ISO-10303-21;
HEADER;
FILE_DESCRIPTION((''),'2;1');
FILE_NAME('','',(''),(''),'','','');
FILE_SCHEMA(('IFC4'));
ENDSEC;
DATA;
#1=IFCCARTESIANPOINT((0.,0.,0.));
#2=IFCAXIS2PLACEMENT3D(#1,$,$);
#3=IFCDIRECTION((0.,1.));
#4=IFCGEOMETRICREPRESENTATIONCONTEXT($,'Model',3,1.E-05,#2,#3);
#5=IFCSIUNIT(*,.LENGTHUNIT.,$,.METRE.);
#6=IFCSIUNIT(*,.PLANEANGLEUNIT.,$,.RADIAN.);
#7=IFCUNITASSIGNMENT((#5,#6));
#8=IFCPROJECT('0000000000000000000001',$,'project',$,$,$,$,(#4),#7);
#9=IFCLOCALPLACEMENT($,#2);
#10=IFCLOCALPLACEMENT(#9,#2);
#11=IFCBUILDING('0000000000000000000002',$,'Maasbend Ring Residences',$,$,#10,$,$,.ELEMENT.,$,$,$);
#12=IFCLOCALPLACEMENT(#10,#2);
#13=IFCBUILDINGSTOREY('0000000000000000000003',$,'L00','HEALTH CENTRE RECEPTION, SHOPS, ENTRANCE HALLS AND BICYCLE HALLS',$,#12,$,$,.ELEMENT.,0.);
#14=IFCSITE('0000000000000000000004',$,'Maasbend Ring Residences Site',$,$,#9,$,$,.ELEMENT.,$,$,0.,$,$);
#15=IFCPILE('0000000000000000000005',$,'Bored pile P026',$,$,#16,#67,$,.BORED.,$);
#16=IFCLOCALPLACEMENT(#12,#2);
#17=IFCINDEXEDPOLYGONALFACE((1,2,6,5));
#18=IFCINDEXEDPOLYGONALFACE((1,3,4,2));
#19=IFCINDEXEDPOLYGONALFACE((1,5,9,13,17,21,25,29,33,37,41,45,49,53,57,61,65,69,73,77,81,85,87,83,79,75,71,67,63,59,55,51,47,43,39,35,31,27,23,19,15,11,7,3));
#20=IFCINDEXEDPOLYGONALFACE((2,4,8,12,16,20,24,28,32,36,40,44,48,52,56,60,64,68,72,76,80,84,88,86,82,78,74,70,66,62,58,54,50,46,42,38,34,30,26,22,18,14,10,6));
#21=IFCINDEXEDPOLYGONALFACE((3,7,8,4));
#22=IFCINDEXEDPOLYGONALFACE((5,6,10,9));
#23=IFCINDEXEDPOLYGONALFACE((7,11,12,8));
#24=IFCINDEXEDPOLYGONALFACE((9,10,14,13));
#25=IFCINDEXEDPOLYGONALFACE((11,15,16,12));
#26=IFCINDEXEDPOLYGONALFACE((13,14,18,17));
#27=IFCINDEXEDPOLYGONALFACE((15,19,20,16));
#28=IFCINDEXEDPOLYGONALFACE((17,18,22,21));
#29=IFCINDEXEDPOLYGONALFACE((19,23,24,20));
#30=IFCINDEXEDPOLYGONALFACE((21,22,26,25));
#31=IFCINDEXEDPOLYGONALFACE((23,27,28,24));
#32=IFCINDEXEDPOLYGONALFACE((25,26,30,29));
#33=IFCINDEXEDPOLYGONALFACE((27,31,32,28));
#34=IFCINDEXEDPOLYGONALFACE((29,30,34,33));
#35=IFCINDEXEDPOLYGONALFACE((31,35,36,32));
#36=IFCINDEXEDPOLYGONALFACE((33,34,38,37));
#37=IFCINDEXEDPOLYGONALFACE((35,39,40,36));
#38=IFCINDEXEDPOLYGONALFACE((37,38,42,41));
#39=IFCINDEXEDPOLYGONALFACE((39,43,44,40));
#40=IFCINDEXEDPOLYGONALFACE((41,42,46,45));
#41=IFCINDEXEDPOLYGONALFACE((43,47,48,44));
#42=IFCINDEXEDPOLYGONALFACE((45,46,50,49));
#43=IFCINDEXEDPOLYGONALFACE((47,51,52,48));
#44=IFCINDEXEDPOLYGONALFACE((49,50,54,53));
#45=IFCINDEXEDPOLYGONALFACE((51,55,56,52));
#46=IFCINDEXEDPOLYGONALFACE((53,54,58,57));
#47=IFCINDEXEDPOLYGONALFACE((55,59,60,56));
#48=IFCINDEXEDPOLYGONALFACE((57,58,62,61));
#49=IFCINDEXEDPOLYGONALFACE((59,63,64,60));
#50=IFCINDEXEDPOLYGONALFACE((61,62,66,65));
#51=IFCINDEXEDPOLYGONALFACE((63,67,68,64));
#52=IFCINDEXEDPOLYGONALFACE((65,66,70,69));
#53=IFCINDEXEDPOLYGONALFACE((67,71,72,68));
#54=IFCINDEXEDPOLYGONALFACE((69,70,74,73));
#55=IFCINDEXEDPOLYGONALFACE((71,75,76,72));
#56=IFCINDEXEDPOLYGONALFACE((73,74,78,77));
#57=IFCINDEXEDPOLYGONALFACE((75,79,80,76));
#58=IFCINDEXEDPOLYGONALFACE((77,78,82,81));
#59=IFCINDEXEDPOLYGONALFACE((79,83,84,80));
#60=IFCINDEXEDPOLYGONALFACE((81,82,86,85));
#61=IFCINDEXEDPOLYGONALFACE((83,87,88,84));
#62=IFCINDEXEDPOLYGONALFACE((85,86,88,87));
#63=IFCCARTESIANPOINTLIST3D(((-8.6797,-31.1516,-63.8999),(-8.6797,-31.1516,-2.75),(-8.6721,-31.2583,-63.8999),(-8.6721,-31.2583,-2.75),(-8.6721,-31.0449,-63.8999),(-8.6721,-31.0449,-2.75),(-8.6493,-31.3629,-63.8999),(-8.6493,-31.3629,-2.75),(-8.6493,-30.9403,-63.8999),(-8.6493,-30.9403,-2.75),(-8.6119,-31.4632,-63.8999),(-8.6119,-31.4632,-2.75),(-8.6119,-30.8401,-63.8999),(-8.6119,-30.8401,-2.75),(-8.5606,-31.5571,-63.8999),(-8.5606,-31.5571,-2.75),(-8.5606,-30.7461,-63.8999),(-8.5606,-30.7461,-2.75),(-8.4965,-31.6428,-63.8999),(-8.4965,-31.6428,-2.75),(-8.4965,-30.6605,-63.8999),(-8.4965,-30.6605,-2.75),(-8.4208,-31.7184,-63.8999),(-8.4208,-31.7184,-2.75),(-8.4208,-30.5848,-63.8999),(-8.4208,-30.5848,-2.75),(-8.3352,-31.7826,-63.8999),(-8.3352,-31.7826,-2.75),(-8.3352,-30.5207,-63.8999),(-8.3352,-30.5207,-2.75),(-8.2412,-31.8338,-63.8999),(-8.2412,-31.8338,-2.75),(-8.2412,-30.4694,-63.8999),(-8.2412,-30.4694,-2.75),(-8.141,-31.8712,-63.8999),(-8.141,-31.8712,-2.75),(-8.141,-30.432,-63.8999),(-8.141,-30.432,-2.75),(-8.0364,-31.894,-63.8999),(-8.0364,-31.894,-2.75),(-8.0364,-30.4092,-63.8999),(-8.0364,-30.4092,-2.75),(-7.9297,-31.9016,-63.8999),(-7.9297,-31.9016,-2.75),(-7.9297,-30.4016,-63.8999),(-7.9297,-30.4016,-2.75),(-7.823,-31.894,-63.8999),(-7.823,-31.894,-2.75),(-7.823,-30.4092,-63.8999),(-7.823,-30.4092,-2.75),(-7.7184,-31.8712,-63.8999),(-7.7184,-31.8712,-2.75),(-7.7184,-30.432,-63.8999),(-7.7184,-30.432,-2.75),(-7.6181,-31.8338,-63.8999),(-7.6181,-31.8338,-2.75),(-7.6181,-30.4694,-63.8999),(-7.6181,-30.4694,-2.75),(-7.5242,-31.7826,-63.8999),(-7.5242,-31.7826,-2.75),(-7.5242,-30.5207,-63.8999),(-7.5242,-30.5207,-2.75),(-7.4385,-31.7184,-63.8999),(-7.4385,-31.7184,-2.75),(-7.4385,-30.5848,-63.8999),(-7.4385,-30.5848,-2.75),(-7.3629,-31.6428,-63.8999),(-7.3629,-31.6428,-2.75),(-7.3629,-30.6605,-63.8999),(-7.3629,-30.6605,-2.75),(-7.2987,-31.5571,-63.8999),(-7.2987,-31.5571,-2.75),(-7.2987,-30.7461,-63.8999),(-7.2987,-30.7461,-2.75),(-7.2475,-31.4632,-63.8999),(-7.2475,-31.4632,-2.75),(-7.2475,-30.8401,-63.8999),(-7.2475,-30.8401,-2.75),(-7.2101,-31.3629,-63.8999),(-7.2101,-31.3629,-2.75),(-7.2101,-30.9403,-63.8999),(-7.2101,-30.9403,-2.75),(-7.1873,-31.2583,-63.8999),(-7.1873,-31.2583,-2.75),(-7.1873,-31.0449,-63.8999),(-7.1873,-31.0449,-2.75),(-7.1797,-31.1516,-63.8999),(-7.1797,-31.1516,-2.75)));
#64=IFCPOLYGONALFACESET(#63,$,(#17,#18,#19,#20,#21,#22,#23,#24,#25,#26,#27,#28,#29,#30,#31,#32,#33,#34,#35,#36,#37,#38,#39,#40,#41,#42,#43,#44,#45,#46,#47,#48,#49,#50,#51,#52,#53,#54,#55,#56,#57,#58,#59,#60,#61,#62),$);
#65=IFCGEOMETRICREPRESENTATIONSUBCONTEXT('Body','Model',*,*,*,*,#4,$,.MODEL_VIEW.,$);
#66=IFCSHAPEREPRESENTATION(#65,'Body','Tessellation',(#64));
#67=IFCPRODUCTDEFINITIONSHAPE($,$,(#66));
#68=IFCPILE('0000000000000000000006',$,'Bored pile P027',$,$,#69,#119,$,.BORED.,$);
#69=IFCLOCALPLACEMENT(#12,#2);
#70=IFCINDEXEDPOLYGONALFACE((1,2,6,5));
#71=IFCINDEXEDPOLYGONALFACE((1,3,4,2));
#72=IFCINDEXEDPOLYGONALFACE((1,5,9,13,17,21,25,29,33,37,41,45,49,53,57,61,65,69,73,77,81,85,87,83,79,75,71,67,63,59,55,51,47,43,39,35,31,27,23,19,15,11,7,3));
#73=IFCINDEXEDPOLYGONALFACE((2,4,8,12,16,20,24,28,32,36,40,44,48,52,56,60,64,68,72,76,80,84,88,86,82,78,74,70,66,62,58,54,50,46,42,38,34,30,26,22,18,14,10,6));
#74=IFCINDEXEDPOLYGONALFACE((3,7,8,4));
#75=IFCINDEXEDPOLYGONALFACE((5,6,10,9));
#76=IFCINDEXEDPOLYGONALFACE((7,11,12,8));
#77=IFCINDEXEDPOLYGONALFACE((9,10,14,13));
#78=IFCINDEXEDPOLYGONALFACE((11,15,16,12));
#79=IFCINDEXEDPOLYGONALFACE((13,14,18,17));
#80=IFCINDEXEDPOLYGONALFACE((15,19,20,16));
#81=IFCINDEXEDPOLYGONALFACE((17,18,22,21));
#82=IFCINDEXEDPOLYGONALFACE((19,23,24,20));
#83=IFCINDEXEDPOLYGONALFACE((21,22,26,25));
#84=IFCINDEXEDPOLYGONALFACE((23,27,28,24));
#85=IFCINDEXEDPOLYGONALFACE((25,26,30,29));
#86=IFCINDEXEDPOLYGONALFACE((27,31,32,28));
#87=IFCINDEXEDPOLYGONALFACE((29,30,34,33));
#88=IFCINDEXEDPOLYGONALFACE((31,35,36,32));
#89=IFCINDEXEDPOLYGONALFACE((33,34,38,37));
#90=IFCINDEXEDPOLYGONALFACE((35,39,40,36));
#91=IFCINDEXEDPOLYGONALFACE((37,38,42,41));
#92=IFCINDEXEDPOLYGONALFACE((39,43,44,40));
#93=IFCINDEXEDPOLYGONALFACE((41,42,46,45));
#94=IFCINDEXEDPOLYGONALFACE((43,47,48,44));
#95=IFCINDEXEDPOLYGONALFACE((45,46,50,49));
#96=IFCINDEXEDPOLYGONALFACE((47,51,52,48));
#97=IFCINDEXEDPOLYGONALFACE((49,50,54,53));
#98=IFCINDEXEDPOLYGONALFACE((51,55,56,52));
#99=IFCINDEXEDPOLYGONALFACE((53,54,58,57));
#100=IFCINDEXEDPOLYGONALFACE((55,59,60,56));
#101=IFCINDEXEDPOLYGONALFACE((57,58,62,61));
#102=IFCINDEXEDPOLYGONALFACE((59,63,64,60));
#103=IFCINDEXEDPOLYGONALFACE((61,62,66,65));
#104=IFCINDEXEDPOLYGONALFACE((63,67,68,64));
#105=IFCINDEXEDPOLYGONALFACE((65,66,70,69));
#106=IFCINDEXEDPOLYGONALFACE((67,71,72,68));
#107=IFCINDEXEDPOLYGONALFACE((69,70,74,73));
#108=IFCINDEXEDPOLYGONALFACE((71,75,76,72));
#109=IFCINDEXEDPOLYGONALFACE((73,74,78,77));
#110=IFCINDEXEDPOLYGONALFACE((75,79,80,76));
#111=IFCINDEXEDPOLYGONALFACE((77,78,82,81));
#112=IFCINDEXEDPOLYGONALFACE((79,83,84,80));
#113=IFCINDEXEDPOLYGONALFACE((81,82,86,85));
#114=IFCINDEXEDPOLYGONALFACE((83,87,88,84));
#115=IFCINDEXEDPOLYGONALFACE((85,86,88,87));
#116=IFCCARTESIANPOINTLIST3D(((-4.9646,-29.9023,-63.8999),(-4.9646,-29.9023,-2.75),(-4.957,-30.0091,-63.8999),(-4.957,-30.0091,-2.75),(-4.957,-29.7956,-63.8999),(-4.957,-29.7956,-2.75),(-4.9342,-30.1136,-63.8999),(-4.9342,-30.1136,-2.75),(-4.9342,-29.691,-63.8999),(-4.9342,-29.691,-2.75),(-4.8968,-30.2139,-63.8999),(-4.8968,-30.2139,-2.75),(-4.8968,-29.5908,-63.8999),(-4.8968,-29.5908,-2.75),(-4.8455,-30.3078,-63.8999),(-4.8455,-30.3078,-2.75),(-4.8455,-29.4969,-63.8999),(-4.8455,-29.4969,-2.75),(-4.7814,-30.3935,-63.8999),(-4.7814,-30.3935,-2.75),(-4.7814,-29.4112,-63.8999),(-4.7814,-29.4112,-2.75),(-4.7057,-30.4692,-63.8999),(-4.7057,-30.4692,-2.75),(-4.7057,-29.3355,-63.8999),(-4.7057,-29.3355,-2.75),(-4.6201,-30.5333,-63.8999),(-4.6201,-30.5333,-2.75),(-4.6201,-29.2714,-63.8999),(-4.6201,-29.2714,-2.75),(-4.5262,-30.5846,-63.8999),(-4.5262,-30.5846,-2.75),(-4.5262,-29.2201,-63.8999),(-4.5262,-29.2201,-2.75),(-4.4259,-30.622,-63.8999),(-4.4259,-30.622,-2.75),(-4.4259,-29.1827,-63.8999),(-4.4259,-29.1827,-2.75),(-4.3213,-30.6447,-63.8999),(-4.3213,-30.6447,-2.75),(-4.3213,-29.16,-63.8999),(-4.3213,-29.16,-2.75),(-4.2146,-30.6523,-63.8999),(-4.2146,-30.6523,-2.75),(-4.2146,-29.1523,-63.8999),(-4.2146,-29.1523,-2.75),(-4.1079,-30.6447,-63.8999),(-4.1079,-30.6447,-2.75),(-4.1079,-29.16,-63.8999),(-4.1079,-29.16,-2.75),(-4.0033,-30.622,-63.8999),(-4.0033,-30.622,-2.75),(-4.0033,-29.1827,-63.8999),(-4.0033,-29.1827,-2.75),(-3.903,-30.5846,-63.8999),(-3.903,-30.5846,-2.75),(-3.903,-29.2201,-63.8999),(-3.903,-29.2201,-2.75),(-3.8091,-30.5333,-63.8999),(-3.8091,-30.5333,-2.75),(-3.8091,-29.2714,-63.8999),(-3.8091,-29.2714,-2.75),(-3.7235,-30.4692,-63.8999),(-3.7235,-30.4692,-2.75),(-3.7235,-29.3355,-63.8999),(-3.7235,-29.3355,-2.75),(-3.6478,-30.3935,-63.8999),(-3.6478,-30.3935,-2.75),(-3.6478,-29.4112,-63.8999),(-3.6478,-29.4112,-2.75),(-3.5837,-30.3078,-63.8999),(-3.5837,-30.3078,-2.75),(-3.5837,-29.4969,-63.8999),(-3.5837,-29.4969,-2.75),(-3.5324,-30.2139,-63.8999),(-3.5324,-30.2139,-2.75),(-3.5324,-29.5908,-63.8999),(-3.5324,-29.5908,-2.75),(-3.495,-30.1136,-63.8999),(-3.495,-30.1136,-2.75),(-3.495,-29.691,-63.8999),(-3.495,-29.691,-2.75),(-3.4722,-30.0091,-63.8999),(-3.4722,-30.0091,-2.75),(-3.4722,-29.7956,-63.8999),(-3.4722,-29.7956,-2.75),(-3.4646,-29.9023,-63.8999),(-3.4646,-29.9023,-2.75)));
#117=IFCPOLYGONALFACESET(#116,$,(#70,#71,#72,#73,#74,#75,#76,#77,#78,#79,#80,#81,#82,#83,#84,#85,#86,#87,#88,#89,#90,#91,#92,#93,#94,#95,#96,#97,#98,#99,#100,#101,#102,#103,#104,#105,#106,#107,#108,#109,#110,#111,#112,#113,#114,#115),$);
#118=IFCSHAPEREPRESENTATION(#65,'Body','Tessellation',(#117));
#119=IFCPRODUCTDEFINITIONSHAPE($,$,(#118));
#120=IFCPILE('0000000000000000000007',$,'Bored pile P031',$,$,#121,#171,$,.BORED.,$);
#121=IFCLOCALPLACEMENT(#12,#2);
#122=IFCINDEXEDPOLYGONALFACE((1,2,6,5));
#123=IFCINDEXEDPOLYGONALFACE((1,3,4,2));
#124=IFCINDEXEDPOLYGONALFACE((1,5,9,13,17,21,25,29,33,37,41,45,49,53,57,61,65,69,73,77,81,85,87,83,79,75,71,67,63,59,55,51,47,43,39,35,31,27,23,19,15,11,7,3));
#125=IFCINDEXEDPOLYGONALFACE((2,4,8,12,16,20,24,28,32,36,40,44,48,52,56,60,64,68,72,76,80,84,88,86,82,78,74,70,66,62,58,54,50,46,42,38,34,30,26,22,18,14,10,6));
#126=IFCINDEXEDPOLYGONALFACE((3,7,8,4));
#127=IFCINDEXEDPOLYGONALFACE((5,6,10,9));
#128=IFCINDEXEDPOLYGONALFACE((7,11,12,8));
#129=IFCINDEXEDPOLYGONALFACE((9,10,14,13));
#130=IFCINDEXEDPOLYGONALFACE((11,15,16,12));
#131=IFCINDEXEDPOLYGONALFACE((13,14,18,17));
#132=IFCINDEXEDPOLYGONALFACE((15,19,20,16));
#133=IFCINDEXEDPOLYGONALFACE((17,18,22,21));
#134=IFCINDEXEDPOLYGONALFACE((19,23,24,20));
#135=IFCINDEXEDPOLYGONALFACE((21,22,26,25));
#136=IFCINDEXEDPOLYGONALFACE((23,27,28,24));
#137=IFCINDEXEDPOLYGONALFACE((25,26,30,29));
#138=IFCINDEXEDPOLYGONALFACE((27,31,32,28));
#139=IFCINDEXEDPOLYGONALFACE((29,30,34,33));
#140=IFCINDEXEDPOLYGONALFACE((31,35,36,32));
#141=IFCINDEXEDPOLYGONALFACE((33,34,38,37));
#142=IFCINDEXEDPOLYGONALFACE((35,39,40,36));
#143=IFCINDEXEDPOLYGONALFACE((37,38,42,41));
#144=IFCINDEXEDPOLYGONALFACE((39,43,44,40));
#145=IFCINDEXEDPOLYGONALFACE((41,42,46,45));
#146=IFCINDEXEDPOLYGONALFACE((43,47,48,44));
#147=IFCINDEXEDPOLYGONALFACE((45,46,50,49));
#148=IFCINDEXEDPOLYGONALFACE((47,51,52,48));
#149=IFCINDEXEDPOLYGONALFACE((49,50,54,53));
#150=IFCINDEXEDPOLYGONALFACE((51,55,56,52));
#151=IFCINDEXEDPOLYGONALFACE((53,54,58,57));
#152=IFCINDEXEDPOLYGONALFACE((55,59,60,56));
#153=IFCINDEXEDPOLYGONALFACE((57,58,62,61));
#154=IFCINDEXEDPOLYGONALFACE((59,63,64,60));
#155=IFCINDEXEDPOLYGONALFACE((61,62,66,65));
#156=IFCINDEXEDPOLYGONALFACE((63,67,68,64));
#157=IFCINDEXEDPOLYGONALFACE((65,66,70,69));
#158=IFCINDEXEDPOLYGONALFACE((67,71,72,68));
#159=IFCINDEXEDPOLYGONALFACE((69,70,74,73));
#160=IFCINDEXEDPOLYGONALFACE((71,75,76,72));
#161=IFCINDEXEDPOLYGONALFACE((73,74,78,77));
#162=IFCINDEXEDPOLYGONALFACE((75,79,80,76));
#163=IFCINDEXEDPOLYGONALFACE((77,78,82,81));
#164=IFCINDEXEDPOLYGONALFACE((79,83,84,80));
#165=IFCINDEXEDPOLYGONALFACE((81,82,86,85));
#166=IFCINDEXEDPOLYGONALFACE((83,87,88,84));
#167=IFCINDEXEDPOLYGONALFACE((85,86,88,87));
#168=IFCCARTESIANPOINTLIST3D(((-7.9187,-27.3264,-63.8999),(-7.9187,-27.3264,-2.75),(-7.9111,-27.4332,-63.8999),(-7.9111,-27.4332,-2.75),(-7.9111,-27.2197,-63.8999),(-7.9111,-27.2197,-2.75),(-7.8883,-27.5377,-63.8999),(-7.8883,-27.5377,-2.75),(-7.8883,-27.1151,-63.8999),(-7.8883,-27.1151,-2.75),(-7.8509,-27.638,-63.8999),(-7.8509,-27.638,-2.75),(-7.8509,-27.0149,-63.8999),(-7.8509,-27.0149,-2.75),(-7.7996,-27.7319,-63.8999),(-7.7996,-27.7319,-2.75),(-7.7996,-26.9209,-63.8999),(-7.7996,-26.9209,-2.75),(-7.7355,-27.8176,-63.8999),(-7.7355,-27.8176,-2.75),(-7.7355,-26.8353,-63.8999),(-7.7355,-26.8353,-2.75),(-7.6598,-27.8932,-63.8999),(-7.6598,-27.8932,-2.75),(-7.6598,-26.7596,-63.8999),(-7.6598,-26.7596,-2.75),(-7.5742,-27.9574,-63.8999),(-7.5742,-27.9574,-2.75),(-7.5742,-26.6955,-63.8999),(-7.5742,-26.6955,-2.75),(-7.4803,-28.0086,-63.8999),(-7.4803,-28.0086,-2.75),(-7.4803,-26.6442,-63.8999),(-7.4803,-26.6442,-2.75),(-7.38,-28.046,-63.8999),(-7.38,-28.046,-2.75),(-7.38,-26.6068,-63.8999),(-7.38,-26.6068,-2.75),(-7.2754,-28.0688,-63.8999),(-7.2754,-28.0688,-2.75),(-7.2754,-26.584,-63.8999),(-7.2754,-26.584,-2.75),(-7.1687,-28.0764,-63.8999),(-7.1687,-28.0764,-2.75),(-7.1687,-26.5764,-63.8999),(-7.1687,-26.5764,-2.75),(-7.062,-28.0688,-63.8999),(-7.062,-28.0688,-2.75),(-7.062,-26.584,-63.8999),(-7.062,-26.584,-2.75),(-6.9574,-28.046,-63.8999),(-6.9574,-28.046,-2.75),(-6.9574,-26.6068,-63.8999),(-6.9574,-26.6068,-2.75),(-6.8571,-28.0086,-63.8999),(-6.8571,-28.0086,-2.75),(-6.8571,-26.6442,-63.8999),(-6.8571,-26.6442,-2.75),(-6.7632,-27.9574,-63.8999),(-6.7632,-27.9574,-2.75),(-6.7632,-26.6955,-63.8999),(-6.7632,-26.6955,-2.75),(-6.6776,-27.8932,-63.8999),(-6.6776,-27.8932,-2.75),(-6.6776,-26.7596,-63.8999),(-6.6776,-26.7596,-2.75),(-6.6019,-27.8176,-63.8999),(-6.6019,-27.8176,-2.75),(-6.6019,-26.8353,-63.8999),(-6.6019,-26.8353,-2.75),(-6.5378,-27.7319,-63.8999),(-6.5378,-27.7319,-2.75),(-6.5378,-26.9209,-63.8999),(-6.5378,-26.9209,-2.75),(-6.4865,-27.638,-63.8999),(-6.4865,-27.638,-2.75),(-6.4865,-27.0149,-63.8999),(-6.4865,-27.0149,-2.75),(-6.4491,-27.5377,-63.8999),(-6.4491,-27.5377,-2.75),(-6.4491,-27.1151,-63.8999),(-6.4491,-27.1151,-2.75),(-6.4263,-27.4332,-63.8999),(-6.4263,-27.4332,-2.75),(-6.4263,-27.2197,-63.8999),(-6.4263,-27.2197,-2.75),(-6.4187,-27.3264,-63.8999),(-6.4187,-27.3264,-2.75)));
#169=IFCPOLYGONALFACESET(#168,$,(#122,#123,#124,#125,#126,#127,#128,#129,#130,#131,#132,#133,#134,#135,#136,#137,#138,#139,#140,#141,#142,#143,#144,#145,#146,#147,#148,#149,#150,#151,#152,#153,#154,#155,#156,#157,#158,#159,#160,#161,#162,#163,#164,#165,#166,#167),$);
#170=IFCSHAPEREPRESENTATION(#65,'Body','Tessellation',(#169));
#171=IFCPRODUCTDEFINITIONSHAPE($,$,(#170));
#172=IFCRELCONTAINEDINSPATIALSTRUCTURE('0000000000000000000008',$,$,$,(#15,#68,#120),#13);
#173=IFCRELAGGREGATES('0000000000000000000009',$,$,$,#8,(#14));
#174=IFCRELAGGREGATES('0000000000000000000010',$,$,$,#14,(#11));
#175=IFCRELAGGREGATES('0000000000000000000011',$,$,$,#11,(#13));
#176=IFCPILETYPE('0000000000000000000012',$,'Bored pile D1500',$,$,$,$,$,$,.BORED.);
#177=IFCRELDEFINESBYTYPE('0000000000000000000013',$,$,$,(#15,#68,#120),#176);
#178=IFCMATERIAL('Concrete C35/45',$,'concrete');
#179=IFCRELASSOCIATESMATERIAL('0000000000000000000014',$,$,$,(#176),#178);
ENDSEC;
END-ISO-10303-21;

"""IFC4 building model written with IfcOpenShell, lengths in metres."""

from ifc_helpers import new_model, si_unit, direction, frame, origin, origin_2d, place, context, subcontext, project, spatial, circle, extrude, material, material_profile, profile_set, type_object, element, save


model = new_model("IFC4")

# Units and contexts
model_context = context("Model", 3, precision=1e-05, world=origin(), true_north=direction((0.0, 1.0)))
body_context = subcontext(model_context, "Body", "Model", "MODEL_VIEW")
ifc_project = project(units=[si_unit("LENGTHUNIT", "METRE"), si_unit("PLANEANGLEUNIT", "RADIAN")], contexts=[model_context])

# Site, building, storey
site_placement = place(None, origin())
site = spatial("IfcSite", under=ifc_project, at=site_placement, Name="Maasbend Ring Residences Site", CompositionType="ELEMENT", RefElevation=0.0)
building_placement = place(site_placement, origin())
building = spatial("IfcBuilding", under=site, at=building_placement, Name="Maasbend Ring Residences", CompositionType="ELEMENT")
storey_placement = place(building_placement, origin())
storey = spatial("IfcBuildingStorey", under=building, at=storey_placement, Name="L00", Description="HEALTH CENTRE RECEPTION, SHOPS, ENTRANCE HALLS AND BICYCLE HALLS", CompositionType="ELEMENT", Elevation=0.0)

# Piles
ifc_material_1 = material(Name="Concrete C35/45", Category="concrete")
ifc_material_profile_1 = material_profile(ifc_material_1, circle(Radius=0.75, at=origin_2d()), Name="Bored pile D1500")
ifc_profile_set_1 = profile_set([ifc_material_profile_1], Name="Concrete C35/45")
pile_type = type_object("IfcPileType", Name="Bored pile D1500", PredefinedType="BORED", material=ifc_profile_set_1)
for number, where, z_axis, x_axis, name in (
    (1, (-7.9297, -31.1516, -2.75), (0.0, 0.0, -1.0), (1.0, 0.0, 0.0), "Bored pile P026"),
    (2, (-4.2146, -29.9023, -2.75), (0.0, 0.0, -1.0), (1.0, 0.0, 0.0), "Bored pile P027"),
    (3, (-7.1687, -27.3264, -2.75), (0.0, 0.0, -1.0), (1.0, 0.0, 0.0), "Bored pile P031"),
):
    element("IfcPile", number, at=place(storey_placement, frame(where, z_axis=z_axis, x_axis=x_axis)), inside=storey, type_object=pile_type, Name=name, PredefinedType="BORED", context=body_context, shape_type="SweptSolid", body=[
        extrude(circle(Radius=0.75, at=origin_2d()), origin(), (0.0, 0.0, 1.0), 61.1499),
    ])

save(model, "model.ifc")
